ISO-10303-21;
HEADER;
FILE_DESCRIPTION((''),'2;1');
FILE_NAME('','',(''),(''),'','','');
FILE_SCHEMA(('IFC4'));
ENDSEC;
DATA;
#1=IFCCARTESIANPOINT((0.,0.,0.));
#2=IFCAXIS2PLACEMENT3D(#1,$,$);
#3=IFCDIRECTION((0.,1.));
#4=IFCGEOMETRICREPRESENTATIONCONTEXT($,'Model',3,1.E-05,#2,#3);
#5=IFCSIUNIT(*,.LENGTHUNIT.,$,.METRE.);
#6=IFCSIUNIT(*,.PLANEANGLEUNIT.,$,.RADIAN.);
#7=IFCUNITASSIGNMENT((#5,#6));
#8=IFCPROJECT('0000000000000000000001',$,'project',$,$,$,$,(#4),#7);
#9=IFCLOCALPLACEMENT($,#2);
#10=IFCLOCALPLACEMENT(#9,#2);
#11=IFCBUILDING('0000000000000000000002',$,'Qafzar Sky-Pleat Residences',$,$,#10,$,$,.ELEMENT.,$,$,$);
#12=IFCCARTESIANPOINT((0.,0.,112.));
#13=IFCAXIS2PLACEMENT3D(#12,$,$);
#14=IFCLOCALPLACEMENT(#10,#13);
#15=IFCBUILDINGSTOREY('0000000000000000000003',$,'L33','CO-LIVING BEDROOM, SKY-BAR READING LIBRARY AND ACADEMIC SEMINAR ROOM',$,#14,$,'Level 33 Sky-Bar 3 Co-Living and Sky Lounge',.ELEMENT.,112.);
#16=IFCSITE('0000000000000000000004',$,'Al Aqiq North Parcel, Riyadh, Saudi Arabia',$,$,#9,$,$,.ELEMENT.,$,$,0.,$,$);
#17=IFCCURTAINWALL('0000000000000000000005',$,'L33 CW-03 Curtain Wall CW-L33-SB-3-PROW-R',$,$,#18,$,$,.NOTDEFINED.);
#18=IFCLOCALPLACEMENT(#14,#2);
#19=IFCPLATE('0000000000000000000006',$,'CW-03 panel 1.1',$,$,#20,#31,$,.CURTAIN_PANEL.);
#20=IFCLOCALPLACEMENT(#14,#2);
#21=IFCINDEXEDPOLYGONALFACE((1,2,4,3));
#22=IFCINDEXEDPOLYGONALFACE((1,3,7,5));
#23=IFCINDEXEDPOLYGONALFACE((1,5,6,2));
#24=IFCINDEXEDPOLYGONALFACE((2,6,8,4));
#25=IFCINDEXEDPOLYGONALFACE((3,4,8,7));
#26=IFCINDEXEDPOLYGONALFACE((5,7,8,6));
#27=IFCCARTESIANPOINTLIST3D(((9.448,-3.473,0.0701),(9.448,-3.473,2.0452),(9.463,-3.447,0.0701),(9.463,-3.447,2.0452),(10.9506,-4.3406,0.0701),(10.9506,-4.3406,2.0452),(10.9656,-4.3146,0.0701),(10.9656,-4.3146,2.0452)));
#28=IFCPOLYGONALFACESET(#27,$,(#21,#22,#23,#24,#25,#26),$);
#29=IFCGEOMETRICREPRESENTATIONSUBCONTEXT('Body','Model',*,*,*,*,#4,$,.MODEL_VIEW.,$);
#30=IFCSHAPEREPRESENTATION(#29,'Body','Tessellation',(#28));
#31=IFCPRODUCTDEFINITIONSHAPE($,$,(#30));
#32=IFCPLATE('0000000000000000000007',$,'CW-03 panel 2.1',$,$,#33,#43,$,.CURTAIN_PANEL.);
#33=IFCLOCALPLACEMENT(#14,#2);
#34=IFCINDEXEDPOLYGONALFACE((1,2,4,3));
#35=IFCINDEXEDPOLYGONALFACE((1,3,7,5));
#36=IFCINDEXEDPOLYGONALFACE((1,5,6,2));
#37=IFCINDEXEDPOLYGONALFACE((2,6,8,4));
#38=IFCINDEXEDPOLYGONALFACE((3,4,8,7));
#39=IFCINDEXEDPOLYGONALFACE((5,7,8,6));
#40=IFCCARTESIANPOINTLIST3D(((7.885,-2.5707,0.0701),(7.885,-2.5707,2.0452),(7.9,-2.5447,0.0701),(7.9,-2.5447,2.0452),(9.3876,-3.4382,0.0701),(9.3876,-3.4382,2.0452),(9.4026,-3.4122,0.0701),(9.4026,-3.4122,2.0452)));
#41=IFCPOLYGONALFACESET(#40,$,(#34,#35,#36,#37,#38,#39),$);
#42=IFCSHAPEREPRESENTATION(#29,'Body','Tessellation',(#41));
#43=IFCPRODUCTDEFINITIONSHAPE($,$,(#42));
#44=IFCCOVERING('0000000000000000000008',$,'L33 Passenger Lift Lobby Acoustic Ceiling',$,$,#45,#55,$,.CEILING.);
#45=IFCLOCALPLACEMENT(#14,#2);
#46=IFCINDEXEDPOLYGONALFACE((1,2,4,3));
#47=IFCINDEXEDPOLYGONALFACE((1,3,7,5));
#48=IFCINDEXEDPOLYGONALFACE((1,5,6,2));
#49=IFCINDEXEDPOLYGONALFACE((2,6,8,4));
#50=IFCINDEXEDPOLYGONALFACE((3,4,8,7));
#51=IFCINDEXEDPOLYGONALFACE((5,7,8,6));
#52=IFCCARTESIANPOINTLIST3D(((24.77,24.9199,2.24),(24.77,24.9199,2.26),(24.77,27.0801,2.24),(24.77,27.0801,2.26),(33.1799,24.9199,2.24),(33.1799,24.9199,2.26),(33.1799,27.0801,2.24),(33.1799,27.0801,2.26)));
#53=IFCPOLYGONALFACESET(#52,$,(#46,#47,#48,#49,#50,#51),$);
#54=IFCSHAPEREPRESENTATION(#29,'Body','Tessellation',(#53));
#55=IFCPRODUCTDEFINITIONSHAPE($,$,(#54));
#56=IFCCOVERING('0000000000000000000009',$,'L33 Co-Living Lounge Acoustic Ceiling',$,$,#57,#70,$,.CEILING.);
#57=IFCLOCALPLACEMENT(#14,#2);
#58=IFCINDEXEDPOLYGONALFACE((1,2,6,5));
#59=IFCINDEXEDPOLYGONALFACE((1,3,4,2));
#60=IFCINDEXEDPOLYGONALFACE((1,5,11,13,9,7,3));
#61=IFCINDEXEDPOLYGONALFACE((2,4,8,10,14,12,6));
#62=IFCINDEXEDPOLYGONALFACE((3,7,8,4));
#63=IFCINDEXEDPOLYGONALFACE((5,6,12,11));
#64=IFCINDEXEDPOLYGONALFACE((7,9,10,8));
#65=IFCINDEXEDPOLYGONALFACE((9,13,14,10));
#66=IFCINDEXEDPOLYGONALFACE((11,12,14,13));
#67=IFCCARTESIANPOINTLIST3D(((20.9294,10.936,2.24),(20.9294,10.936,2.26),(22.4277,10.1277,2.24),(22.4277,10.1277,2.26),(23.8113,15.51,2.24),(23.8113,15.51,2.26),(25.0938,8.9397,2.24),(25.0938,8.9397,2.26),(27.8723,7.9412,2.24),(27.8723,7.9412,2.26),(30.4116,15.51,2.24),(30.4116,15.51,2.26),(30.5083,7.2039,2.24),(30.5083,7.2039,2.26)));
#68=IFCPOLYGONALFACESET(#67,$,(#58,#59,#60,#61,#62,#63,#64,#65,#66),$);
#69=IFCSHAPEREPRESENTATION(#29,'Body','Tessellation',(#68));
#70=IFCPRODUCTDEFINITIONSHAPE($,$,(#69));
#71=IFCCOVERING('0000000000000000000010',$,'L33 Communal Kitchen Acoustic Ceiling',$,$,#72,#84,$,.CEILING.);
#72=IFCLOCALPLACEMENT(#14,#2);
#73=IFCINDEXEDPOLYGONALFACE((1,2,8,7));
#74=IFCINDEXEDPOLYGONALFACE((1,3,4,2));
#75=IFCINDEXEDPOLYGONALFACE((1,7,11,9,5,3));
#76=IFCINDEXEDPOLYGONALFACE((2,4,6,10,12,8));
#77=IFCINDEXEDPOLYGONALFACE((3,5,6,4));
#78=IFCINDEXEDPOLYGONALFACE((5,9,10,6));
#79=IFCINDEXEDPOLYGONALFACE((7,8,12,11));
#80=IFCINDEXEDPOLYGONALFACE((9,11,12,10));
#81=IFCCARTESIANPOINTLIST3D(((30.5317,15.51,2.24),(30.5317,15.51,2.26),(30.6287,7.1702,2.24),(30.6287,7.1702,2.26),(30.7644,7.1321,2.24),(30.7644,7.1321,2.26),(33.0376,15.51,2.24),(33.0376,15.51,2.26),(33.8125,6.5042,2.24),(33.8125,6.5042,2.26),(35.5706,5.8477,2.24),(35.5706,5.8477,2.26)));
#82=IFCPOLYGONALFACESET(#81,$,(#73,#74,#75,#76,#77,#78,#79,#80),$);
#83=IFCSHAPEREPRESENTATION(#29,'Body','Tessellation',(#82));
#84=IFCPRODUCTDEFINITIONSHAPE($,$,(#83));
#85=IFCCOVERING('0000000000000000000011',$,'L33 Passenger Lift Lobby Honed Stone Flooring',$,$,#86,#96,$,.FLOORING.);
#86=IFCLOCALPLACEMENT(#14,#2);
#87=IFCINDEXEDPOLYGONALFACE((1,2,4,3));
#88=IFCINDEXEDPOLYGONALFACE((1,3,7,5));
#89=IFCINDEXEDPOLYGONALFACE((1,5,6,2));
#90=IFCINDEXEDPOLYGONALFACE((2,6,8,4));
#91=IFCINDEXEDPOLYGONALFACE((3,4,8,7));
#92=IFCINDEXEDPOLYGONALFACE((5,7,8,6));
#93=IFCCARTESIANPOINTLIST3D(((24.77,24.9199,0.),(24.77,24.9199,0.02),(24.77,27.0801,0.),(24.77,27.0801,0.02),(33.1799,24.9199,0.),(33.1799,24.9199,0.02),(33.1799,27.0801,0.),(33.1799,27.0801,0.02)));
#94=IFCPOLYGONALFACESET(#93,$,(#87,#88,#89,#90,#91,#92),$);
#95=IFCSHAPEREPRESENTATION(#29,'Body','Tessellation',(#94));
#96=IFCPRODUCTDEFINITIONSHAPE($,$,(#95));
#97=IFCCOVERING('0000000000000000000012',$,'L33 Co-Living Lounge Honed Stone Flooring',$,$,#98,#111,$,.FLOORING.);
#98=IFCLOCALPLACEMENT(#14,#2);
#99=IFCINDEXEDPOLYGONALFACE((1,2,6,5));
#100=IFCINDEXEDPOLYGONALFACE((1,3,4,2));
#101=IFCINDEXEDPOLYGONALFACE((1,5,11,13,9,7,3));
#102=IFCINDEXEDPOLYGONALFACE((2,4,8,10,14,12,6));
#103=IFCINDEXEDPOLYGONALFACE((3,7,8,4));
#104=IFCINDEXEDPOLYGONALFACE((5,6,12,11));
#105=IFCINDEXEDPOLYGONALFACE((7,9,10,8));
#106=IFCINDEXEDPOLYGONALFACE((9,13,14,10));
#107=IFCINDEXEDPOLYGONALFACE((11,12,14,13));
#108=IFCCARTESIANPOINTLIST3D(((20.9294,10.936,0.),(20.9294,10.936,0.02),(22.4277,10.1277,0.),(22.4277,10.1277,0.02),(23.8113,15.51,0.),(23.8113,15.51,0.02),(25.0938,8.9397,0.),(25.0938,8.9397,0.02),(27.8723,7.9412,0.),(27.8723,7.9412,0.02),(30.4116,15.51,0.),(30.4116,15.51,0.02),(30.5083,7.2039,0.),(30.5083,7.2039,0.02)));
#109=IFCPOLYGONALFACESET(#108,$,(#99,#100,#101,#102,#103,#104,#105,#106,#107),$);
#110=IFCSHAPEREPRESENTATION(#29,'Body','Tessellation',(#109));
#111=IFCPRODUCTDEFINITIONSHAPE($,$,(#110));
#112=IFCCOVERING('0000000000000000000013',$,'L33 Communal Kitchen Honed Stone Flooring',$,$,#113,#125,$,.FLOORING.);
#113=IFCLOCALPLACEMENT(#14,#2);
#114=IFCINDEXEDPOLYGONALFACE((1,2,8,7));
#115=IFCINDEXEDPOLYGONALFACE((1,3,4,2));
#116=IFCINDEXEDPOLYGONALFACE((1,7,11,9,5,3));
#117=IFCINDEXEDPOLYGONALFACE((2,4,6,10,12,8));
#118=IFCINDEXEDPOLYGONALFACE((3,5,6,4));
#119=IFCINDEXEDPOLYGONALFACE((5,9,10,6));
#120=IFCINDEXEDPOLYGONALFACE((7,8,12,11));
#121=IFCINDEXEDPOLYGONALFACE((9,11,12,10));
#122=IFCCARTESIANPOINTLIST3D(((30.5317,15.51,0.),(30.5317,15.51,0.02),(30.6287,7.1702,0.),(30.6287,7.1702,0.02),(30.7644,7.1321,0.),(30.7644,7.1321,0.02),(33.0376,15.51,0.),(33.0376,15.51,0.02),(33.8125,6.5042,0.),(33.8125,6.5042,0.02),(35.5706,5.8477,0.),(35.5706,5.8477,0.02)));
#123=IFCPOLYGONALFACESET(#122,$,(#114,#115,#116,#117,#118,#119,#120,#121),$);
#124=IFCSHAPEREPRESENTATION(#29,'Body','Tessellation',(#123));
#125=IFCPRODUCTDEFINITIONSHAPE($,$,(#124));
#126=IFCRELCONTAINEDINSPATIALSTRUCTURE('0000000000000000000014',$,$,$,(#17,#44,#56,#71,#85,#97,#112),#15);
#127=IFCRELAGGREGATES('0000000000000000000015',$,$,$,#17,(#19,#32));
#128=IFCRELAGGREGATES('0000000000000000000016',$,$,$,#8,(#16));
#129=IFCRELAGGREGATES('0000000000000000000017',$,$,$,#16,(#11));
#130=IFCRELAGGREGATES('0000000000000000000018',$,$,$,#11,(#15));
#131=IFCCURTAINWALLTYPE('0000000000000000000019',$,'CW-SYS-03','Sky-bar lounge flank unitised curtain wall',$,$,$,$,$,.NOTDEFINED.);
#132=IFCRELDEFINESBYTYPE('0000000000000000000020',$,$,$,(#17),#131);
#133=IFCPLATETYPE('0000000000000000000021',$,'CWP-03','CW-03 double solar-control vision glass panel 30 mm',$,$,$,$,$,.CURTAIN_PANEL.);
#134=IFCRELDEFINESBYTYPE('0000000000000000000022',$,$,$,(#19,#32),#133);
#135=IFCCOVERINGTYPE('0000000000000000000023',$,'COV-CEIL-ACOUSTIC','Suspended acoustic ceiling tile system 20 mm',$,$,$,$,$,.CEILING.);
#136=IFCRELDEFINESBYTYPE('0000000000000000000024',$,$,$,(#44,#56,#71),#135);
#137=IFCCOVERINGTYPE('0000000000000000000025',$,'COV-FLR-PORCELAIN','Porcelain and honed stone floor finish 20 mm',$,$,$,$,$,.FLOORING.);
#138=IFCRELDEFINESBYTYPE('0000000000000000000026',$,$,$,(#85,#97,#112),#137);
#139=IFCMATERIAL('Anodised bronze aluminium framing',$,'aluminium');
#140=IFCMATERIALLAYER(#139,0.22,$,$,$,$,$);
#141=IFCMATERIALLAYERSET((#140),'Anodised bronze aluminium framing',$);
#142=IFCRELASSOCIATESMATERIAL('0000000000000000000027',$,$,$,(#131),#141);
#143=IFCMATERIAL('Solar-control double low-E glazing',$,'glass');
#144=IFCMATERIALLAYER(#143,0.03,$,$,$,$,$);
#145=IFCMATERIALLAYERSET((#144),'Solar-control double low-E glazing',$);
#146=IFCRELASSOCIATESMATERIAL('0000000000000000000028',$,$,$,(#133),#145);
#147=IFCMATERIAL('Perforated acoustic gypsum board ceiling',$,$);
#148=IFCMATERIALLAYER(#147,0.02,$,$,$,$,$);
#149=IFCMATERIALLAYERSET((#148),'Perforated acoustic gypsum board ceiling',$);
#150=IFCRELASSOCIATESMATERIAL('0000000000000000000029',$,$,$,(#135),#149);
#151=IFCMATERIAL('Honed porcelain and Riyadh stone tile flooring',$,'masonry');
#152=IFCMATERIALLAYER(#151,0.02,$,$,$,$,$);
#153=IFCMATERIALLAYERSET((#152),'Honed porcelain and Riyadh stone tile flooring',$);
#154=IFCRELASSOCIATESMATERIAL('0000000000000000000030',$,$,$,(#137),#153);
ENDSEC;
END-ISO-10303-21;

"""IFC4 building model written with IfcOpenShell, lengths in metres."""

from ifc_helpers import new_model, si_unit, direction, frame, origin, origin_2d, place, context, subcontext, project, spatial, polyline, rectangle, outline, extrude, source, transform, mapped, material, layer, layer_set, type_object, element, aggregate, save


model = new_model("IFC4")

# Units and contexts
model_context = context("Model", 3, precision=1e-05, world=origin(), true_north=direction((0.0, 1.0)))
body_context = subcontext(model_context, "Body", "Model", "MODEL_VIEW")
ifc_project = project(units=[si_unit("LENGTHUNIT", "METRE"), si_unit("PLANEANGLEUNIT", "RADIAN")], contexts=[model_context])

# Site, building, storey
site_placement = place(None, origin())
site = spatial("IfcSite", under=ifc_project, at=site_placement, Name="Al Aqiq North Parcel, Riyadh, Saudi Arabia", CompositionType="ELEMENT", RefElevation=0.0)
building_placement = place(site_placement, origin())
building = spatial("IfcBuilding", under=site, at=building_placement, Name="Qafzar Sky-Pleat Residences", CompositionType="ELEMENT")
storey_placement = place(building_placement, frame((0.0, 0.0, 112.0)))
storey = spatial("IfcBuildingStorey", under=building, at=storey_placement, Name="L33", Description="CO-LIVING BEDROOM, SKY-BAR READING LIBRARY AND ACADEMIC SEMINAR ROOM", LongName="Level 33 Sky-Bar 3 Co-Living and Sky Lounge", CompositionType="ELEMENT", Elevation=112.0)

# Curtain wall
ifc_material_1 = material(Name="Anodised bronze aluminium framing", Category="aluminium")
ifc_layer_1 = layer(ifc_material_1, 0.22)
ifc_layer_set_1 = layer_set([ifc_layer_1], Name="Anodised bronze aluminium framing")
curtain_wall_type = type_object("IfcCurtainWallType", Name="CW-SYS-03", Description="Sky-bar lounge flank unitised curtain wall", PredefinedType="NOTDEFINED", material=ifc_layer_set_1)
curtain_wall_placement = place(storey_placement, origin())
curtain_wall = element("IfcCurtainWall", 1, at=curtain_wall_placement, inside=storey, type_object=curtain_wall_type, Name="L33 CW-03 Curtain Wall CW-L33-SB-3-PROW-R", PredefinedType="NOTDEFINED")

# Plates
ifc_material_2 = material(Name="Solar-control double low-E glazing", Category="glass")
ifc_layer_2 = layer(ifc_material_2, 0.03)
ifc_layer_set_2 = layer_set([ifc_layer_2], Name="Solar-control double low-E glazing")
plate_type = type_object("IfcPlateType", Name="CWP-03", Description="CW-03 double solar-control vision glass panel 30 mm", PredefinedType="CURTAIN_PANEL", material=ifc_layer_set_2)
shared_shape_1 = source(origin(), body_context, "Body", "SweptSolid", [
    extrude(rectangle(XDim=1.7351, YDim=0.03, at=origin_2d()), origin(), (0.0, 0.0, 1.0), 1.9751),
])
plate_1_placement = place(storey_placement, frame((10.2068, -3.8938, 0.0701), z_axis=(0.0, 0.0, 1.0), x_axis=(-0.866027, 0.499997, 0.0)))
plate_1 = element("IfcPlate", 2, at=plate_1_placement, type_object=plate_type, Name="CW-03 panel 1.1", PredefinedType="CURTAIN_PANEL", context=body_context, shape_type="MappedRepresentation", body=[
    mapped(shared_shape_1, transform((0.0, 0.0, 0.0), x_axis=(1.0, 0.0, 0.0), y_axis=(0.0, 1.0, 0.0), z_axis=(0.0, 0.0, 1.0), scale=1.0)),
])
plate_2_placement = place(storey_placement, frame((8.6438, -2.9915, 0.0701), z_axis=(0.0, 0.0, 1.0), x_axis=(-0.866027, 0.499997, 0.0)))
plate_2 = element("IfcPlate", 3, at=plate_2_placement, type_object=plate_type, Name="CW-03 panel 2.1", PredefinedType="CURTAIN_PANEL", context=body_context, shape_type="MappedRepresentation", body=[
    mapped(shared_shape_1, transform((0.0, 0.0, 0.0), x_axis=(1.0, 0.0, 0.0), y_axis=(0.0, 1.0, 0.0), z_axis=(0.0, 0.0, 1.0), scale=1.0)),
])
aggregate(curtain_wall, [plate_1, plate_2])

# Coverings
ifc_material_3 = material(Name="Perforated acoustic gypsum board ceiling")
ifc_layer_3 = layer(ifc_material_3, 0.02)
ifc_layer_set_3 = layer_set([ifc_layer_3], Name="Perforated acoustic gypsum board ceiling")
covering_type_1 = type_object("IfcCoveringType", Name="COV-CEIL-ACOUSTIC", Description="Suspended acoustic ceiling tile system 20 mm", PredefinedType="CEILING", material=ifc_layer_set_3)
covering_1_placement = place(storey_placement, frame((0.0, 0.0, 2.24)))
element("IfcCovering", 4, at=covering_1_placement, inside=storey, type_object=covering_type_1, Name="L33 Passenger Lift Lobby Acoustic Ceiling", PredefinedType="CEILING", context=body_context, shape_type="SweptSolid", body=[
    extrude(outline(polyline([(33.1799, 24.9199), (24.77, 24.9199), (24.77, 27.0801), (33.1799, 27.0801), (33.1799, 24.9199)])), origin(), (0.0, 0.0, 1.0), 0.02),
])
covering_2_placement = place(storey_placement, frame((0.0, 0.0, 2.24)))
element("IfcCovering", 5, at=covering_2_placement, inside=storey, type_object=covering_type_1, Name="L33 Co-Living Lounge Acoustic Ceiling", PredefinedType="CEILING", context=body_context, shape_type="SweptSolid", body=[
    extrude(outline(polyline([(27.8723, 7.9412), (25.0938, 8.9397), (22.4277, 10.1277), (20.9294, 10.936), (23.8113, 15.51), (30.4116, 15.51), (30.5083, 7.2039), (27.8723, 7.9412)])), origin(), (0.0, 0.0, 1.0), 0.02),
])
covering_3_placement = place(storey_placement, frame((0.0, 0.0, 2.24)))
element("IfcCovering", 6, at=covering_3_placement, inside=storey, type_object=covering_type_1, Name="L33 Communal Kitchen Acoustic Ceiling", PredefinedType="CEILING", context=body_context, shape_type="SweptSolid", body=[
    extrude(outline(polyline([(33.8125, 6.5042), (30.7644, 7.1321), (30.6287, 7.1702), (30.5317, 15.51), (33.0376, 15.51), (35.5706, 5.8477), (33.8125, 6.5042)])), origin(), (0.0, 0.0, 1.0), 0.02),
])
ifc_material_4 = material(Name="Honed porcelain and Riyadh stone tile flooring", Category="masonry")
ifc_layer_4 = layer(ifc_material_4, 0.02)
ifc_layer_set_4 = layer_set([ifc_layer_4], Name="Honed porcelain and Riyadh stone tile flooring")
covering_type_2 = type_object("IfcCoveringType", Name="COV-FLR-PORCELAIN", Description="Porcelain and honed stone floor finish 20 mm", PredefinedType="FLOORING", material=ifc_layer_set_4)
covering_4_placement = place(storey_placement, origin())
element("IfcCovering", 7, at=covering_4_placement, inside=storey, type_object=covering_type_2, Name="L33 Passenger Lift Lobby Honed Stone Flooring", PredefinedType="FLOORING", context=body_context, shape_type="SweptSolid", body=[
    extrude(outline(polyline([(33.1799, 24.9199), (24.77, 24.9199), (24.77, 27.0801), (33.1799, 27.0801), (33.1799, 24.9199)])), origin(), (0.0, 0.0, 1.0), 0.02),
])
covering_5_placement = place(storey_placement, origin())
element("IfcCovering", 8, at=covering_5_placement, inside=storey, type_object=covering_type_2, Name="L33 Co-Living Lounge Honed Stone Flooring", PredefinedType="FLOORING", context=body_context, shape_type="SweptSolid", body=[
    extrude(outline(polyline([(27.8723, 7.9412), (25.0938, 8.9397), (22.4277, 10.1277), (20.9294, 10.936), (23.8113, 15.51), (30.4116, 15.51), (30.5083, 7.2039), (27.8723, 7.9412)])), origin(), (0.0, 0.0, 1.0), 0.02),
])
covering_6_placement = place(storey_placement, origin())
element("IfcCovering", 9, at=covering_6_placement, inside=storey, type_object=covering_type_2, Name="L33 Communal Kitchen Honed Stone Flooring", PredefinedType="FLOORING", context=body_context, shape_type="SweptSolid", body=[
    extrude(outline(polyline([(33.8125, 6.5042), (30.7644, 7.1321), (30.6287, 7.1702), (30.5317, 15.51), (33.0376, 15.51), (35.5706, 5.8477), (33.8125, 6.5042)])), origin(), (0.0, 0.0, 1.0), 0.02),
])

save(model, "model.ifc")
